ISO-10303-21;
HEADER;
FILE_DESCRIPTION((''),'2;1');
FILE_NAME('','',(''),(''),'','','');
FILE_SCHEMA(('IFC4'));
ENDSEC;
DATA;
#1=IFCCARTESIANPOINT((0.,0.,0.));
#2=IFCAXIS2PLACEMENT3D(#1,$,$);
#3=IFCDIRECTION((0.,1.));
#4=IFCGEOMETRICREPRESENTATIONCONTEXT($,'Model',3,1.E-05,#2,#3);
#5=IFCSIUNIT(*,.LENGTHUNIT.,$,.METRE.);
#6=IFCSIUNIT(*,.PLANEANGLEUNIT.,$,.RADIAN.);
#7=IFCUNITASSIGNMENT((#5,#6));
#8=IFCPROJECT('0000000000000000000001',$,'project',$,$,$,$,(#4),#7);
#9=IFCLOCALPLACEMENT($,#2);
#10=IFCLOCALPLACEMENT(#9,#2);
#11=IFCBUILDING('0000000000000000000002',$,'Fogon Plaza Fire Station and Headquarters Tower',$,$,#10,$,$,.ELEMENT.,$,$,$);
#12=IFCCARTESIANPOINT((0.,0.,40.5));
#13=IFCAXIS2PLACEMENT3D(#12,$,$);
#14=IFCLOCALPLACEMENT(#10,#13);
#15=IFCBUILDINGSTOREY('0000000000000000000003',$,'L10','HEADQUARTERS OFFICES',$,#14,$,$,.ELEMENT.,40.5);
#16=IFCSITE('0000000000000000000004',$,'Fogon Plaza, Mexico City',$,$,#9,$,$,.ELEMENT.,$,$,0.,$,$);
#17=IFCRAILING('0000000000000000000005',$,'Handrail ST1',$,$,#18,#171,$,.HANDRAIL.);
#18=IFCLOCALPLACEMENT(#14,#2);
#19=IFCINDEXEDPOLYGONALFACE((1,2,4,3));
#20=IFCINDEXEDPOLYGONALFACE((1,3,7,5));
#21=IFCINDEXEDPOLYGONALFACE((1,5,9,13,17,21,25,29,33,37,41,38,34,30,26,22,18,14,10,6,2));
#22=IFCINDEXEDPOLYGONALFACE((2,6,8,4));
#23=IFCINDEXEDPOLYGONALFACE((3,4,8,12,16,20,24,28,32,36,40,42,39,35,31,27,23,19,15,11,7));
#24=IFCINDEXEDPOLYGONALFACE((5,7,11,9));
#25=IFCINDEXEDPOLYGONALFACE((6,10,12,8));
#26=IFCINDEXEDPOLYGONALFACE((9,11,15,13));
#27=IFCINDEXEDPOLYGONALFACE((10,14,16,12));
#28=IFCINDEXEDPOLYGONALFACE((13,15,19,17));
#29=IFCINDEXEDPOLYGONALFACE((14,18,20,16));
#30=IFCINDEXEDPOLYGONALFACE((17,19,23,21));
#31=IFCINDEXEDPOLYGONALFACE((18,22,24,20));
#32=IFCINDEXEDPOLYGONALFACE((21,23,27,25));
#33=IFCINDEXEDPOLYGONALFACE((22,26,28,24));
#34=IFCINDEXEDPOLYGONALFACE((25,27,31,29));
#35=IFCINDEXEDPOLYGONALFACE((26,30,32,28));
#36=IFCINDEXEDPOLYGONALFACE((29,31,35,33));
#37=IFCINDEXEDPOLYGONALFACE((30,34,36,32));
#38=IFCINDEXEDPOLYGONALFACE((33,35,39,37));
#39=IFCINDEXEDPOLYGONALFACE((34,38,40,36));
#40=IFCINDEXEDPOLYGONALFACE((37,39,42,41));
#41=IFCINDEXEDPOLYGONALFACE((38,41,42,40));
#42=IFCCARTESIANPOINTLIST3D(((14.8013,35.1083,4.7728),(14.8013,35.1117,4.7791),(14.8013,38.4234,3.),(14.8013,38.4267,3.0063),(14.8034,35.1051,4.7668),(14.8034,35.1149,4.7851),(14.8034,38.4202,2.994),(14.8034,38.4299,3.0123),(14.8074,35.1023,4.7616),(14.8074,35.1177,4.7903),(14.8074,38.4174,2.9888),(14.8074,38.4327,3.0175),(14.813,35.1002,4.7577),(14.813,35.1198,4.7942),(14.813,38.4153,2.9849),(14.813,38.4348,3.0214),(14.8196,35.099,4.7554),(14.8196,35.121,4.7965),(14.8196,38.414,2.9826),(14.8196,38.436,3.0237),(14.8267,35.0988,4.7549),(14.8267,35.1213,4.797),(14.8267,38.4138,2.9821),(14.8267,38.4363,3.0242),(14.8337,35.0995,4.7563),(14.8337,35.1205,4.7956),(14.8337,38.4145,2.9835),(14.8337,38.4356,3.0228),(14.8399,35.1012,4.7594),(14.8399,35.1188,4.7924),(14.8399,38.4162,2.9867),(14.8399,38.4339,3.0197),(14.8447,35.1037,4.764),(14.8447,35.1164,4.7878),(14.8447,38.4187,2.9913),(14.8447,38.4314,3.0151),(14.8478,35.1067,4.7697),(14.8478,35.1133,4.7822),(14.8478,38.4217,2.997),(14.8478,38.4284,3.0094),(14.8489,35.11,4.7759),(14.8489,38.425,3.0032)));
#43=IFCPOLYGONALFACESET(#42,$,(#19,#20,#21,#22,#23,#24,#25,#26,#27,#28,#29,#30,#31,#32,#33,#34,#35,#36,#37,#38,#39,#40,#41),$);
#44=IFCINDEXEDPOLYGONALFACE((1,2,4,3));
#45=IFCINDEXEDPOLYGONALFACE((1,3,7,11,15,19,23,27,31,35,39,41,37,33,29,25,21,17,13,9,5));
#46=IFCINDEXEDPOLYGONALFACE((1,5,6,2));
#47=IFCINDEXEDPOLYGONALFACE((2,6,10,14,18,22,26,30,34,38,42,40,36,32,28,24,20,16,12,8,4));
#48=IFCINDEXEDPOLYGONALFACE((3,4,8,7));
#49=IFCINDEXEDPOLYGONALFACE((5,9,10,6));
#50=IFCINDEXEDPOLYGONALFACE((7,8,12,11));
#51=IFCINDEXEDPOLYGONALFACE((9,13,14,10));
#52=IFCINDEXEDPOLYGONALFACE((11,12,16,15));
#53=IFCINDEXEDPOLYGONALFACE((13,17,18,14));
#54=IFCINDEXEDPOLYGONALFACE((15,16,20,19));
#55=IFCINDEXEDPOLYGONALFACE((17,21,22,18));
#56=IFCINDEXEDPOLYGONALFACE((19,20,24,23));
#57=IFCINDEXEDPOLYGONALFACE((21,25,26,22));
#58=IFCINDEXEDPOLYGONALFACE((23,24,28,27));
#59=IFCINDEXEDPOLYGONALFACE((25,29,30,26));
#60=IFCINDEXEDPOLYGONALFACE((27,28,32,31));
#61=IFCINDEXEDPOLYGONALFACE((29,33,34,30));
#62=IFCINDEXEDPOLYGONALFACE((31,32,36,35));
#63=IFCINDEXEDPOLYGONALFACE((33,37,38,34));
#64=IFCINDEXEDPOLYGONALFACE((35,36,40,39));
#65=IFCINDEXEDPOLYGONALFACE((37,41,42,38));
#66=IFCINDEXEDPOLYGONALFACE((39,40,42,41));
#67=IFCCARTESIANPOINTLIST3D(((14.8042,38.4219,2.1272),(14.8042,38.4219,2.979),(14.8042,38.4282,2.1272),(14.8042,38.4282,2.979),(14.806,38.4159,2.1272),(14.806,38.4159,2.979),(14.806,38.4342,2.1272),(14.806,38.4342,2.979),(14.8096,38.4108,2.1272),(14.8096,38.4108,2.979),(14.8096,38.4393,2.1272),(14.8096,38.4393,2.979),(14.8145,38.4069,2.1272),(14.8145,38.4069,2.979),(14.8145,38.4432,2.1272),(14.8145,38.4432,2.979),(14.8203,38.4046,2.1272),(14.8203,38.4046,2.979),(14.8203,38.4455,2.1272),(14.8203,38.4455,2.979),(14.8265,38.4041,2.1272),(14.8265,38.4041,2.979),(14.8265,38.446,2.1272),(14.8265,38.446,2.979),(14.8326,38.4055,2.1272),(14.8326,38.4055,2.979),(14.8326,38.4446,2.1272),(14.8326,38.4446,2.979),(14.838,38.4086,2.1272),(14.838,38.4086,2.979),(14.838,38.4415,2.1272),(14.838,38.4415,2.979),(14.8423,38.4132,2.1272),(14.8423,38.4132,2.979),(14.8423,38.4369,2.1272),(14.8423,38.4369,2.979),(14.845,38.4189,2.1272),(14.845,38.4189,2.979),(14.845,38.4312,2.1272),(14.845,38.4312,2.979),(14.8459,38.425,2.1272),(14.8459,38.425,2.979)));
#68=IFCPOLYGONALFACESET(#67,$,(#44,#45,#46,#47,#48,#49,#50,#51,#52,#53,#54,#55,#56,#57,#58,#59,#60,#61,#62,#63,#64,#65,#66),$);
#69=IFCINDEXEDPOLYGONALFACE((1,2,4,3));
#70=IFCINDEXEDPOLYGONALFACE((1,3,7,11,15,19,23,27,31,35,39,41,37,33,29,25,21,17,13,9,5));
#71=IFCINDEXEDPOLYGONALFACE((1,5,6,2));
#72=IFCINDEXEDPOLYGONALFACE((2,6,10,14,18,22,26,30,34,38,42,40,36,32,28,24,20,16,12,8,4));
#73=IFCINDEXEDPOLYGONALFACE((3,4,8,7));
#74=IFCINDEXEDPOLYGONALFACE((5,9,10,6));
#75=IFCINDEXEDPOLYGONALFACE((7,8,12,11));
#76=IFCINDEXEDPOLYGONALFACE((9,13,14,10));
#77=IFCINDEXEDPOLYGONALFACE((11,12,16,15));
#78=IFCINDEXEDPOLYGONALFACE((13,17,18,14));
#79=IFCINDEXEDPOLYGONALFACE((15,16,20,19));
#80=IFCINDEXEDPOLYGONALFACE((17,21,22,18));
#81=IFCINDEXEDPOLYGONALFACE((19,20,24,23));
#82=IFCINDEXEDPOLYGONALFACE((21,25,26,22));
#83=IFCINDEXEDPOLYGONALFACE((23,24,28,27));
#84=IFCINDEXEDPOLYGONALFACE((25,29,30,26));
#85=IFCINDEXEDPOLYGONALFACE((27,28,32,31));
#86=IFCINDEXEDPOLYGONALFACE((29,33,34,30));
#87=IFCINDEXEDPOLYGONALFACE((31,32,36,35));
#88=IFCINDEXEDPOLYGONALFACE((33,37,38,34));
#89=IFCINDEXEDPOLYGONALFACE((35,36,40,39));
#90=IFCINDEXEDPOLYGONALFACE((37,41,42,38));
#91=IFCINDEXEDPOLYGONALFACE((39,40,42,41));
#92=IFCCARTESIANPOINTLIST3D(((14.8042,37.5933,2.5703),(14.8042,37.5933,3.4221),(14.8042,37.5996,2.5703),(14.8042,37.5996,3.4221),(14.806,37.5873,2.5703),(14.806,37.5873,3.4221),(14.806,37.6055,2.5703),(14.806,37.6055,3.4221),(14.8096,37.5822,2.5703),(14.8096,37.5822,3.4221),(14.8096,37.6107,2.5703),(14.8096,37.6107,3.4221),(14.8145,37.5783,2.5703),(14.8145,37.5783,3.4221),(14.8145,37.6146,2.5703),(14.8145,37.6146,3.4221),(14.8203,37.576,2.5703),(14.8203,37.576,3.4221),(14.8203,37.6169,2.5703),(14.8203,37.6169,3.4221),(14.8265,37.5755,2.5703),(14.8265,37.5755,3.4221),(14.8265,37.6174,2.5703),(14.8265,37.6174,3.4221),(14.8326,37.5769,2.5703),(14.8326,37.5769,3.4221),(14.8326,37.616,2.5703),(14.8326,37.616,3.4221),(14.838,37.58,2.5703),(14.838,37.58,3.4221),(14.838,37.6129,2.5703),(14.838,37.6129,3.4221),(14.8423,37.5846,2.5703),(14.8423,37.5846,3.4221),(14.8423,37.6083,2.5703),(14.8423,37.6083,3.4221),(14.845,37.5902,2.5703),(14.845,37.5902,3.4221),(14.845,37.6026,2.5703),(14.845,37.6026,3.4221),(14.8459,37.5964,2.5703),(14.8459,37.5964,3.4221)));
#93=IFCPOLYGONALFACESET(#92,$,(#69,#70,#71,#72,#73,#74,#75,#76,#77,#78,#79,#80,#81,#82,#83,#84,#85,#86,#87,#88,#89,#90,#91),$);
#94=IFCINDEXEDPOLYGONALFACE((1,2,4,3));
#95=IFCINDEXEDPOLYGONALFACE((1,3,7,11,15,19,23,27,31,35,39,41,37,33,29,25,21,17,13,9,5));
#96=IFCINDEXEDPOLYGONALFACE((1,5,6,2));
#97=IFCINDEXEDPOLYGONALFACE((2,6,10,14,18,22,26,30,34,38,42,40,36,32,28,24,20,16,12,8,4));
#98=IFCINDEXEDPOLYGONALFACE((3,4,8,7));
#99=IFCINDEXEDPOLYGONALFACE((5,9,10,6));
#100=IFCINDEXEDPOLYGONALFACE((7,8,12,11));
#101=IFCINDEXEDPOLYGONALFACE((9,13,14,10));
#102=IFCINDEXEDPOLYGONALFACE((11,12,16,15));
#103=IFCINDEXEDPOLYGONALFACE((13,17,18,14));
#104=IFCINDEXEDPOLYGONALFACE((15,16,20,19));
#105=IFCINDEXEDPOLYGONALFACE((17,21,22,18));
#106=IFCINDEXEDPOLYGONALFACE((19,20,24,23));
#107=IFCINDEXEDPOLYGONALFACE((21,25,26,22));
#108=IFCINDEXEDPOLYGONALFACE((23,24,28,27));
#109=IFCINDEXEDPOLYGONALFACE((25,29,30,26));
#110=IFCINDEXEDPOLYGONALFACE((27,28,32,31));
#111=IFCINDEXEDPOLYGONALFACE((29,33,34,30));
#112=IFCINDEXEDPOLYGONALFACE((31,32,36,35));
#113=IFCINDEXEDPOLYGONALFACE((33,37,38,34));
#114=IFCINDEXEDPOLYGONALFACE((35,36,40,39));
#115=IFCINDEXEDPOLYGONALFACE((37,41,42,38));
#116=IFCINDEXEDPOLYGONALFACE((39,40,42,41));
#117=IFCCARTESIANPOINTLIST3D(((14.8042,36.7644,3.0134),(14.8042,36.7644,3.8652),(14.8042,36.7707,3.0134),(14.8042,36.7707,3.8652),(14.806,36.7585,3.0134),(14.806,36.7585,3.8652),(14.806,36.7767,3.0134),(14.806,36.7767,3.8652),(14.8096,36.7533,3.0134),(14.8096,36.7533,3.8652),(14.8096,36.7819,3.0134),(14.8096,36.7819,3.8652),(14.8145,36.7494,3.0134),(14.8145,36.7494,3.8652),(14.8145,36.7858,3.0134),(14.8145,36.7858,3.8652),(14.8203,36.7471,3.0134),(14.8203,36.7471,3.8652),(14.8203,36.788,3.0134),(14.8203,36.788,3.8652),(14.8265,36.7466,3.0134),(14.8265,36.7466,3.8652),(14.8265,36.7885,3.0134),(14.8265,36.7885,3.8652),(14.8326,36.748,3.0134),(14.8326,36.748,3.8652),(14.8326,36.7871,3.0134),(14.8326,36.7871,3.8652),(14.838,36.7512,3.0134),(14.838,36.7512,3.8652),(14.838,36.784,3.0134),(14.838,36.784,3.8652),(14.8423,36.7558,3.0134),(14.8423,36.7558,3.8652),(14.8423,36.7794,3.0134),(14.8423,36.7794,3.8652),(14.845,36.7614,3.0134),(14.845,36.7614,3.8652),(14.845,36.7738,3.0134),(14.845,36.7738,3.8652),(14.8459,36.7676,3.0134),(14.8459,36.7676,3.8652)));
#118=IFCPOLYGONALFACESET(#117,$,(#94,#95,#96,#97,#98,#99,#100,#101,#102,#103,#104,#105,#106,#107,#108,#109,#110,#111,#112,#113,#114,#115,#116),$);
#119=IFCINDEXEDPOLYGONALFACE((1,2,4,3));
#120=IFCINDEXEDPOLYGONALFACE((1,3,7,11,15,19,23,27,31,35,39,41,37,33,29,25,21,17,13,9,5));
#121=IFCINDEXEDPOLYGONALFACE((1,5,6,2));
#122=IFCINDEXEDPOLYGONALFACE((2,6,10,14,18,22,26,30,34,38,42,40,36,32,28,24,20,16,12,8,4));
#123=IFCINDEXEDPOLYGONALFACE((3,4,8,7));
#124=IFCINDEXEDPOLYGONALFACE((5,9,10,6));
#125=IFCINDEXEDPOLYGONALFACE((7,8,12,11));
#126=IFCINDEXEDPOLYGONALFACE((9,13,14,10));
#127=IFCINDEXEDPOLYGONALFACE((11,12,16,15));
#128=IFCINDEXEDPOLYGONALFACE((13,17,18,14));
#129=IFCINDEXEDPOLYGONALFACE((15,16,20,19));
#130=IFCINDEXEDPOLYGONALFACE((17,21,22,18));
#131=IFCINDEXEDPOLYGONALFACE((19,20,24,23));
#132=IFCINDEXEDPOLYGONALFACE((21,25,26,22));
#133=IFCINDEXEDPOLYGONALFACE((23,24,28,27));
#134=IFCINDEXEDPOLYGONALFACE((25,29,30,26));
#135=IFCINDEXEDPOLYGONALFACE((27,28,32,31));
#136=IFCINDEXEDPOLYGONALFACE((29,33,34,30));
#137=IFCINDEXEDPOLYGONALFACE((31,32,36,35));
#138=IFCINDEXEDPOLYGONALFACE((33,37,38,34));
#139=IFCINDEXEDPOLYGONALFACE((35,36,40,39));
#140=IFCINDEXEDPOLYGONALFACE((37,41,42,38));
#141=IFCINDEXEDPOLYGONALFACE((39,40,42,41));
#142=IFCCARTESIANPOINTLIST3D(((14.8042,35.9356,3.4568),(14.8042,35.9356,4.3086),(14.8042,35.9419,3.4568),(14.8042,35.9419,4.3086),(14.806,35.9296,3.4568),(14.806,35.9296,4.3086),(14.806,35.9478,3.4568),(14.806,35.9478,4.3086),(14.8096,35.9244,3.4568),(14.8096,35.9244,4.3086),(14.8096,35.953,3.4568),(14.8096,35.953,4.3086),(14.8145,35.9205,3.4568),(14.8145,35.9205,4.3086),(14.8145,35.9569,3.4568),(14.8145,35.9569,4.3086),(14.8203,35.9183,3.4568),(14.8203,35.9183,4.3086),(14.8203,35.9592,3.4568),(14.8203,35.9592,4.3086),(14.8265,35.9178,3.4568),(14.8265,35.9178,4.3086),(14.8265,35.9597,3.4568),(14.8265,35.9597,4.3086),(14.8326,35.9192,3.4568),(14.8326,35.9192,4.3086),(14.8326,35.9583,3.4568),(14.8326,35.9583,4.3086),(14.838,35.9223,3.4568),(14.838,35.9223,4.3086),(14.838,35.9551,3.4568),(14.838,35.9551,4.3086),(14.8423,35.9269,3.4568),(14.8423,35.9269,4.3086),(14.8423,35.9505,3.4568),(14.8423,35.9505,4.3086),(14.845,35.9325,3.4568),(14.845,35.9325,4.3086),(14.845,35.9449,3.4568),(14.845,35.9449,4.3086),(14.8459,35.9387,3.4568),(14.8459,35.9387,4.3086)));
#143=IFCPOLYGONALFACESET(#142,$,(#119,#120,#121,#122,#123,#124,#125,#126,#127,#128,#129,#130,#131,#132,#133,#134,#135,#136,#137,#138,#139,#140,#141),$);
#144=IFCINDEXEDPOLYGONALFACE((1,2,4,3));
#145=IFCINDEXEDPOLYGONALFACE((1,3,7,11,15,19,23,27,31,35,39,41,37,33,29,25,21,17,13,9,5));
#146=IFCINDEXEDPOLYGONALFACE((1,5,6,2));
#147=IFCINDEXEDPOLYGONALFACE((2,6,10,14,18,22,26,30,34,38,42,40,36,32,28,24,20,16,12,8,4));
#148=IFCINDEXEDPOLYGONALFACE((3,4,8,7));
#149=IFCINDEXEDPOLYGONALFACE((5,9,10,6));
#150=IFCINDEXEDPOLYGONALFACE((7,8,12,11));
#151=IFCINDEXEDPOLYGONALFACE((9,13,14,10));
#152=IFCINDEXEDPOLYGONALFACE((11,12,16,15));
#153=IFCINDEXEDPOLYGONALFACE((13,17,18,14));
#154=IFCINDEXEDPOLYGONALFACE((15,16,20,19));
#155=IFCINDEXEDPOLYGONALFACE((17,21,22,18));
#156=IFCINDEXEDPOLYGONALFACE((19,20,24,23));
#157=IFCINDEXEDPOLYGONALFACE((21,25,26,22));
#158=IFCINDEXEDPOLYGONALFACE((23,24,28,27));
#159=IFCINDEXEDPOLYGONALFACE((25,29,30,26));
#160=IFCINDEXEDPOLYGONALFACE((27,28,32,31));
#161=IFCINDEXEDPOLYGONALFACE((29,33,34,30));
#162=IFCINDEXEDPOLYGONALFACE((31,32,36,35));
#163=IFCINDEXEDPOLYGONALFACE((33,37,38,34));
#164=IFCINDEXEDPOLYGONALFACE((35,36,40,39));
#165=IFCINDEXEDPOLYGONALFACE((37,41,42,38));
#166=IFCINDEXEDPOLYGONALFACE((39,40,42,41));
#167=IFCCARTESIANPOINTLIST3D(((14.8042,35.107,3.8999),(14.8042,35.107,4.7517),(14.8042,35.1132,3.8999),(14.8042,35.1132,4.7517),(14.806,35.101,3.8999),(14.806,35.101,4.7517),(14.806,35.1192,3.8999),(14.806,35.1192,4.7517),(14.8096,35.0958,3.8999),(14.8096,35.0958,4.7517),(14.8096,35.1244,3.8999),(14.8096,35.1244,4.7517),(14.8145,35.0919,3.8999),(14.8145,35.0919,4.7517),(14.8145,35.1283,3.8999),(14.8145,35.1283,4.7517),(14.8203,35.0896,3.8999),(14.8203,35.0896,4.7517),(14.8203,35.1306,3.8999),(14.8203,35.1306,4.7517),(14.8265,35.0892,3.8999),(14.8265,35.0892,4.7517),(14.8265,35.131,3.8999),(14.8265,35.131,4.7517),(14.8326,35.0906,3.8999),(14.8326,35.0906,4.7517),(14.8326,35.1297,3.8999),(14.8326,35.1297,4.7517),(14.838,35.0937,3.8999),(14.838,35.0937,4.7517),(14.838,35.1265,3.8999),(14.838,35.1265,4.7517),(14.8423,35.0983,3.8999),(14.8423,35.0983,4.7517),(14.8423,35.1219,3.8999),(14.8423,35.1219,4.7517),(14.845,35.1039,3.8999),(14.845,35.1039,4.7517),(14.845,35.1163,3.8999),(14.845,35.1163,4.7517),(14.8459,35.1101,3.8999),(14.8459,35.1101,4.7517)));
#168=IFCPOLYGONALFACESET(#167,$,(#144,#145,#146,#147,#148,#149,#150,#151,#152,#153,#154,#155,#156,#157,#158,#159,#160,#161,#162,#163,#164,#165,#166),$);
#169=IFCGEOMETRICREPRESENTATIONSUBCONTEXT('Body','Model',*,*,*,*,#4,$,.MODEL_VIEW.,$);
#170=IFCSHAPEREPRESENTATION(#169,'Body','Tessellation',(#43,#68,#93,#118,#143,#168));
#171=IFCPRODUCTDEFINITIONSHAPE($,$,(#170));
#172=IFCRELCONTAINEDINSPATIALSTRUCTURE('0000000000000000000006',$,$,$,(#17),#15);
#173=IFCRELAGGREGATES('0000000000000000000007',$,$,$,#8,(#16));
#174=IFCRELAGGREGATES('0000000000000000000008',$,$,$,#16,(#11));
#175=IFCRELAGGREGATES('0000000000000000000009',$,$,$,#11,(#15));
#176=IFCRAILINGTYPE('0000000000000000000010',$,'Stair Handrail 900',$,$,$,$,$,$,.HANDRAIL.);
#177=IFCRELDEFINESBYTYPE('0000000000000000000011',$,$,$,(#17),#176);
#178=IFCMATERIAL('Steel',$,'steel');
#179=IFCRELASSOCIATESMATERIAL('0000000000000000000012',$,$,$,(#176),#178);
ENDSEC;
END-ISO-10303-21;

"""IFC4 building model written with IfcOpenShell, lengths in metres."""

from ifc_helpers import new_model, si_unit, direction, frame, origin, origin_2d, place, context, subcontext, project, spatial, circle, extrude, material, type_object, element, save


model = new_model("IFC4")

# Units and contexts
model_context = context("Model", 3, precision=1e-05, world=origin(), true_north=direction((0.0, 1.0)))
body_context = subcontext(model_context, "Body", "Model", "MODEL_VIEW")
ifc_project = project(units=[si_unit("LENGTHUNIT", "METRE"), si_unit("PLANEANGLEUNIT", "RADIAN")], contexts=[model_context])

# Site, building, storey
site_placement = place(None, origin())
site = spatial("IfcSite", under=ifc_project, at=site_placement, Name="Fogon Plaza, Mexico City", CompositionType="ELEMENT", RefElevation=0.0)
building_placement = place(site_placement, origin())
building = spatial("IfcBuilding", under=site, at=building_placement, Name="Fogon Plaza Fire Station and Headquarters Tower", CompositionType="ELEMENT")
storey_placement = place(building_placement, frame((0.0, 0.0, 40.5)))
storey = spatial("IfcBuildingStorey", under=building, at=storey_placement, Name="L10", Description="HEADQUARTERS OFFICES", CompositionType="ELEMENT", Elevation=40.5)

# Railing
ifc_material_1 = material(Name="Steel", Category="steel")
railing_type = type_object("IfcRailingType", Name="Stair Handrail 900", PredefinedType="HANDRAIL", material=ifc_material_1)
for number, where, name in (
    (1, (14.825, 38.425, 2.1272), "Handrail ST1"),
):
    element("IfcRailing", number, at=place(storey_placement, frame(where)), inside=storey, type_object=railing_type, Name=name, PredefinedType="HANDRAIL", context=body_context, shape_type="SweptSolid", body=[
        extrude(circle(Radius=0.0239, at=origin_2d()), frame((0.0, 0.0, 0.876), z_axis=(0.0, -0.881829, 0.471569), x_axis=(1.0, 0.0, 0.0)), (0.0, 0.0, 1.0), 3.7593),
        extrude(circle(Radius=0.021, at=origin_2d()), origin(), (0.0, 0.0, 1.0), 0.8518),
        extrude(circle(Radius=0.021, at=origin_2d()), frame((0.0, -0.8286, 0.4431)), (0.0, 0.0, 1.0), 0.8518),
        extrude(circle(Radius=0.021, at=origin_2d()), frame((0.0, -1.6575, 0.8862)), (0.0, 0.0, 1.0), 0.8518),
        extrude(circle(Radius=0.021, at=origin_2d()), frame((0.0, -2.4863, 1.3296)), (0.0, 0.0, 1.0), 0.8518),
        extrude(circle(Radius=0.021, at=origin_2d()), frame((0.0, -3.3149, 1.7727)), (0.0, 0.0, 1.0), 0.8518),
    ])

save(model, "model.ifc")
